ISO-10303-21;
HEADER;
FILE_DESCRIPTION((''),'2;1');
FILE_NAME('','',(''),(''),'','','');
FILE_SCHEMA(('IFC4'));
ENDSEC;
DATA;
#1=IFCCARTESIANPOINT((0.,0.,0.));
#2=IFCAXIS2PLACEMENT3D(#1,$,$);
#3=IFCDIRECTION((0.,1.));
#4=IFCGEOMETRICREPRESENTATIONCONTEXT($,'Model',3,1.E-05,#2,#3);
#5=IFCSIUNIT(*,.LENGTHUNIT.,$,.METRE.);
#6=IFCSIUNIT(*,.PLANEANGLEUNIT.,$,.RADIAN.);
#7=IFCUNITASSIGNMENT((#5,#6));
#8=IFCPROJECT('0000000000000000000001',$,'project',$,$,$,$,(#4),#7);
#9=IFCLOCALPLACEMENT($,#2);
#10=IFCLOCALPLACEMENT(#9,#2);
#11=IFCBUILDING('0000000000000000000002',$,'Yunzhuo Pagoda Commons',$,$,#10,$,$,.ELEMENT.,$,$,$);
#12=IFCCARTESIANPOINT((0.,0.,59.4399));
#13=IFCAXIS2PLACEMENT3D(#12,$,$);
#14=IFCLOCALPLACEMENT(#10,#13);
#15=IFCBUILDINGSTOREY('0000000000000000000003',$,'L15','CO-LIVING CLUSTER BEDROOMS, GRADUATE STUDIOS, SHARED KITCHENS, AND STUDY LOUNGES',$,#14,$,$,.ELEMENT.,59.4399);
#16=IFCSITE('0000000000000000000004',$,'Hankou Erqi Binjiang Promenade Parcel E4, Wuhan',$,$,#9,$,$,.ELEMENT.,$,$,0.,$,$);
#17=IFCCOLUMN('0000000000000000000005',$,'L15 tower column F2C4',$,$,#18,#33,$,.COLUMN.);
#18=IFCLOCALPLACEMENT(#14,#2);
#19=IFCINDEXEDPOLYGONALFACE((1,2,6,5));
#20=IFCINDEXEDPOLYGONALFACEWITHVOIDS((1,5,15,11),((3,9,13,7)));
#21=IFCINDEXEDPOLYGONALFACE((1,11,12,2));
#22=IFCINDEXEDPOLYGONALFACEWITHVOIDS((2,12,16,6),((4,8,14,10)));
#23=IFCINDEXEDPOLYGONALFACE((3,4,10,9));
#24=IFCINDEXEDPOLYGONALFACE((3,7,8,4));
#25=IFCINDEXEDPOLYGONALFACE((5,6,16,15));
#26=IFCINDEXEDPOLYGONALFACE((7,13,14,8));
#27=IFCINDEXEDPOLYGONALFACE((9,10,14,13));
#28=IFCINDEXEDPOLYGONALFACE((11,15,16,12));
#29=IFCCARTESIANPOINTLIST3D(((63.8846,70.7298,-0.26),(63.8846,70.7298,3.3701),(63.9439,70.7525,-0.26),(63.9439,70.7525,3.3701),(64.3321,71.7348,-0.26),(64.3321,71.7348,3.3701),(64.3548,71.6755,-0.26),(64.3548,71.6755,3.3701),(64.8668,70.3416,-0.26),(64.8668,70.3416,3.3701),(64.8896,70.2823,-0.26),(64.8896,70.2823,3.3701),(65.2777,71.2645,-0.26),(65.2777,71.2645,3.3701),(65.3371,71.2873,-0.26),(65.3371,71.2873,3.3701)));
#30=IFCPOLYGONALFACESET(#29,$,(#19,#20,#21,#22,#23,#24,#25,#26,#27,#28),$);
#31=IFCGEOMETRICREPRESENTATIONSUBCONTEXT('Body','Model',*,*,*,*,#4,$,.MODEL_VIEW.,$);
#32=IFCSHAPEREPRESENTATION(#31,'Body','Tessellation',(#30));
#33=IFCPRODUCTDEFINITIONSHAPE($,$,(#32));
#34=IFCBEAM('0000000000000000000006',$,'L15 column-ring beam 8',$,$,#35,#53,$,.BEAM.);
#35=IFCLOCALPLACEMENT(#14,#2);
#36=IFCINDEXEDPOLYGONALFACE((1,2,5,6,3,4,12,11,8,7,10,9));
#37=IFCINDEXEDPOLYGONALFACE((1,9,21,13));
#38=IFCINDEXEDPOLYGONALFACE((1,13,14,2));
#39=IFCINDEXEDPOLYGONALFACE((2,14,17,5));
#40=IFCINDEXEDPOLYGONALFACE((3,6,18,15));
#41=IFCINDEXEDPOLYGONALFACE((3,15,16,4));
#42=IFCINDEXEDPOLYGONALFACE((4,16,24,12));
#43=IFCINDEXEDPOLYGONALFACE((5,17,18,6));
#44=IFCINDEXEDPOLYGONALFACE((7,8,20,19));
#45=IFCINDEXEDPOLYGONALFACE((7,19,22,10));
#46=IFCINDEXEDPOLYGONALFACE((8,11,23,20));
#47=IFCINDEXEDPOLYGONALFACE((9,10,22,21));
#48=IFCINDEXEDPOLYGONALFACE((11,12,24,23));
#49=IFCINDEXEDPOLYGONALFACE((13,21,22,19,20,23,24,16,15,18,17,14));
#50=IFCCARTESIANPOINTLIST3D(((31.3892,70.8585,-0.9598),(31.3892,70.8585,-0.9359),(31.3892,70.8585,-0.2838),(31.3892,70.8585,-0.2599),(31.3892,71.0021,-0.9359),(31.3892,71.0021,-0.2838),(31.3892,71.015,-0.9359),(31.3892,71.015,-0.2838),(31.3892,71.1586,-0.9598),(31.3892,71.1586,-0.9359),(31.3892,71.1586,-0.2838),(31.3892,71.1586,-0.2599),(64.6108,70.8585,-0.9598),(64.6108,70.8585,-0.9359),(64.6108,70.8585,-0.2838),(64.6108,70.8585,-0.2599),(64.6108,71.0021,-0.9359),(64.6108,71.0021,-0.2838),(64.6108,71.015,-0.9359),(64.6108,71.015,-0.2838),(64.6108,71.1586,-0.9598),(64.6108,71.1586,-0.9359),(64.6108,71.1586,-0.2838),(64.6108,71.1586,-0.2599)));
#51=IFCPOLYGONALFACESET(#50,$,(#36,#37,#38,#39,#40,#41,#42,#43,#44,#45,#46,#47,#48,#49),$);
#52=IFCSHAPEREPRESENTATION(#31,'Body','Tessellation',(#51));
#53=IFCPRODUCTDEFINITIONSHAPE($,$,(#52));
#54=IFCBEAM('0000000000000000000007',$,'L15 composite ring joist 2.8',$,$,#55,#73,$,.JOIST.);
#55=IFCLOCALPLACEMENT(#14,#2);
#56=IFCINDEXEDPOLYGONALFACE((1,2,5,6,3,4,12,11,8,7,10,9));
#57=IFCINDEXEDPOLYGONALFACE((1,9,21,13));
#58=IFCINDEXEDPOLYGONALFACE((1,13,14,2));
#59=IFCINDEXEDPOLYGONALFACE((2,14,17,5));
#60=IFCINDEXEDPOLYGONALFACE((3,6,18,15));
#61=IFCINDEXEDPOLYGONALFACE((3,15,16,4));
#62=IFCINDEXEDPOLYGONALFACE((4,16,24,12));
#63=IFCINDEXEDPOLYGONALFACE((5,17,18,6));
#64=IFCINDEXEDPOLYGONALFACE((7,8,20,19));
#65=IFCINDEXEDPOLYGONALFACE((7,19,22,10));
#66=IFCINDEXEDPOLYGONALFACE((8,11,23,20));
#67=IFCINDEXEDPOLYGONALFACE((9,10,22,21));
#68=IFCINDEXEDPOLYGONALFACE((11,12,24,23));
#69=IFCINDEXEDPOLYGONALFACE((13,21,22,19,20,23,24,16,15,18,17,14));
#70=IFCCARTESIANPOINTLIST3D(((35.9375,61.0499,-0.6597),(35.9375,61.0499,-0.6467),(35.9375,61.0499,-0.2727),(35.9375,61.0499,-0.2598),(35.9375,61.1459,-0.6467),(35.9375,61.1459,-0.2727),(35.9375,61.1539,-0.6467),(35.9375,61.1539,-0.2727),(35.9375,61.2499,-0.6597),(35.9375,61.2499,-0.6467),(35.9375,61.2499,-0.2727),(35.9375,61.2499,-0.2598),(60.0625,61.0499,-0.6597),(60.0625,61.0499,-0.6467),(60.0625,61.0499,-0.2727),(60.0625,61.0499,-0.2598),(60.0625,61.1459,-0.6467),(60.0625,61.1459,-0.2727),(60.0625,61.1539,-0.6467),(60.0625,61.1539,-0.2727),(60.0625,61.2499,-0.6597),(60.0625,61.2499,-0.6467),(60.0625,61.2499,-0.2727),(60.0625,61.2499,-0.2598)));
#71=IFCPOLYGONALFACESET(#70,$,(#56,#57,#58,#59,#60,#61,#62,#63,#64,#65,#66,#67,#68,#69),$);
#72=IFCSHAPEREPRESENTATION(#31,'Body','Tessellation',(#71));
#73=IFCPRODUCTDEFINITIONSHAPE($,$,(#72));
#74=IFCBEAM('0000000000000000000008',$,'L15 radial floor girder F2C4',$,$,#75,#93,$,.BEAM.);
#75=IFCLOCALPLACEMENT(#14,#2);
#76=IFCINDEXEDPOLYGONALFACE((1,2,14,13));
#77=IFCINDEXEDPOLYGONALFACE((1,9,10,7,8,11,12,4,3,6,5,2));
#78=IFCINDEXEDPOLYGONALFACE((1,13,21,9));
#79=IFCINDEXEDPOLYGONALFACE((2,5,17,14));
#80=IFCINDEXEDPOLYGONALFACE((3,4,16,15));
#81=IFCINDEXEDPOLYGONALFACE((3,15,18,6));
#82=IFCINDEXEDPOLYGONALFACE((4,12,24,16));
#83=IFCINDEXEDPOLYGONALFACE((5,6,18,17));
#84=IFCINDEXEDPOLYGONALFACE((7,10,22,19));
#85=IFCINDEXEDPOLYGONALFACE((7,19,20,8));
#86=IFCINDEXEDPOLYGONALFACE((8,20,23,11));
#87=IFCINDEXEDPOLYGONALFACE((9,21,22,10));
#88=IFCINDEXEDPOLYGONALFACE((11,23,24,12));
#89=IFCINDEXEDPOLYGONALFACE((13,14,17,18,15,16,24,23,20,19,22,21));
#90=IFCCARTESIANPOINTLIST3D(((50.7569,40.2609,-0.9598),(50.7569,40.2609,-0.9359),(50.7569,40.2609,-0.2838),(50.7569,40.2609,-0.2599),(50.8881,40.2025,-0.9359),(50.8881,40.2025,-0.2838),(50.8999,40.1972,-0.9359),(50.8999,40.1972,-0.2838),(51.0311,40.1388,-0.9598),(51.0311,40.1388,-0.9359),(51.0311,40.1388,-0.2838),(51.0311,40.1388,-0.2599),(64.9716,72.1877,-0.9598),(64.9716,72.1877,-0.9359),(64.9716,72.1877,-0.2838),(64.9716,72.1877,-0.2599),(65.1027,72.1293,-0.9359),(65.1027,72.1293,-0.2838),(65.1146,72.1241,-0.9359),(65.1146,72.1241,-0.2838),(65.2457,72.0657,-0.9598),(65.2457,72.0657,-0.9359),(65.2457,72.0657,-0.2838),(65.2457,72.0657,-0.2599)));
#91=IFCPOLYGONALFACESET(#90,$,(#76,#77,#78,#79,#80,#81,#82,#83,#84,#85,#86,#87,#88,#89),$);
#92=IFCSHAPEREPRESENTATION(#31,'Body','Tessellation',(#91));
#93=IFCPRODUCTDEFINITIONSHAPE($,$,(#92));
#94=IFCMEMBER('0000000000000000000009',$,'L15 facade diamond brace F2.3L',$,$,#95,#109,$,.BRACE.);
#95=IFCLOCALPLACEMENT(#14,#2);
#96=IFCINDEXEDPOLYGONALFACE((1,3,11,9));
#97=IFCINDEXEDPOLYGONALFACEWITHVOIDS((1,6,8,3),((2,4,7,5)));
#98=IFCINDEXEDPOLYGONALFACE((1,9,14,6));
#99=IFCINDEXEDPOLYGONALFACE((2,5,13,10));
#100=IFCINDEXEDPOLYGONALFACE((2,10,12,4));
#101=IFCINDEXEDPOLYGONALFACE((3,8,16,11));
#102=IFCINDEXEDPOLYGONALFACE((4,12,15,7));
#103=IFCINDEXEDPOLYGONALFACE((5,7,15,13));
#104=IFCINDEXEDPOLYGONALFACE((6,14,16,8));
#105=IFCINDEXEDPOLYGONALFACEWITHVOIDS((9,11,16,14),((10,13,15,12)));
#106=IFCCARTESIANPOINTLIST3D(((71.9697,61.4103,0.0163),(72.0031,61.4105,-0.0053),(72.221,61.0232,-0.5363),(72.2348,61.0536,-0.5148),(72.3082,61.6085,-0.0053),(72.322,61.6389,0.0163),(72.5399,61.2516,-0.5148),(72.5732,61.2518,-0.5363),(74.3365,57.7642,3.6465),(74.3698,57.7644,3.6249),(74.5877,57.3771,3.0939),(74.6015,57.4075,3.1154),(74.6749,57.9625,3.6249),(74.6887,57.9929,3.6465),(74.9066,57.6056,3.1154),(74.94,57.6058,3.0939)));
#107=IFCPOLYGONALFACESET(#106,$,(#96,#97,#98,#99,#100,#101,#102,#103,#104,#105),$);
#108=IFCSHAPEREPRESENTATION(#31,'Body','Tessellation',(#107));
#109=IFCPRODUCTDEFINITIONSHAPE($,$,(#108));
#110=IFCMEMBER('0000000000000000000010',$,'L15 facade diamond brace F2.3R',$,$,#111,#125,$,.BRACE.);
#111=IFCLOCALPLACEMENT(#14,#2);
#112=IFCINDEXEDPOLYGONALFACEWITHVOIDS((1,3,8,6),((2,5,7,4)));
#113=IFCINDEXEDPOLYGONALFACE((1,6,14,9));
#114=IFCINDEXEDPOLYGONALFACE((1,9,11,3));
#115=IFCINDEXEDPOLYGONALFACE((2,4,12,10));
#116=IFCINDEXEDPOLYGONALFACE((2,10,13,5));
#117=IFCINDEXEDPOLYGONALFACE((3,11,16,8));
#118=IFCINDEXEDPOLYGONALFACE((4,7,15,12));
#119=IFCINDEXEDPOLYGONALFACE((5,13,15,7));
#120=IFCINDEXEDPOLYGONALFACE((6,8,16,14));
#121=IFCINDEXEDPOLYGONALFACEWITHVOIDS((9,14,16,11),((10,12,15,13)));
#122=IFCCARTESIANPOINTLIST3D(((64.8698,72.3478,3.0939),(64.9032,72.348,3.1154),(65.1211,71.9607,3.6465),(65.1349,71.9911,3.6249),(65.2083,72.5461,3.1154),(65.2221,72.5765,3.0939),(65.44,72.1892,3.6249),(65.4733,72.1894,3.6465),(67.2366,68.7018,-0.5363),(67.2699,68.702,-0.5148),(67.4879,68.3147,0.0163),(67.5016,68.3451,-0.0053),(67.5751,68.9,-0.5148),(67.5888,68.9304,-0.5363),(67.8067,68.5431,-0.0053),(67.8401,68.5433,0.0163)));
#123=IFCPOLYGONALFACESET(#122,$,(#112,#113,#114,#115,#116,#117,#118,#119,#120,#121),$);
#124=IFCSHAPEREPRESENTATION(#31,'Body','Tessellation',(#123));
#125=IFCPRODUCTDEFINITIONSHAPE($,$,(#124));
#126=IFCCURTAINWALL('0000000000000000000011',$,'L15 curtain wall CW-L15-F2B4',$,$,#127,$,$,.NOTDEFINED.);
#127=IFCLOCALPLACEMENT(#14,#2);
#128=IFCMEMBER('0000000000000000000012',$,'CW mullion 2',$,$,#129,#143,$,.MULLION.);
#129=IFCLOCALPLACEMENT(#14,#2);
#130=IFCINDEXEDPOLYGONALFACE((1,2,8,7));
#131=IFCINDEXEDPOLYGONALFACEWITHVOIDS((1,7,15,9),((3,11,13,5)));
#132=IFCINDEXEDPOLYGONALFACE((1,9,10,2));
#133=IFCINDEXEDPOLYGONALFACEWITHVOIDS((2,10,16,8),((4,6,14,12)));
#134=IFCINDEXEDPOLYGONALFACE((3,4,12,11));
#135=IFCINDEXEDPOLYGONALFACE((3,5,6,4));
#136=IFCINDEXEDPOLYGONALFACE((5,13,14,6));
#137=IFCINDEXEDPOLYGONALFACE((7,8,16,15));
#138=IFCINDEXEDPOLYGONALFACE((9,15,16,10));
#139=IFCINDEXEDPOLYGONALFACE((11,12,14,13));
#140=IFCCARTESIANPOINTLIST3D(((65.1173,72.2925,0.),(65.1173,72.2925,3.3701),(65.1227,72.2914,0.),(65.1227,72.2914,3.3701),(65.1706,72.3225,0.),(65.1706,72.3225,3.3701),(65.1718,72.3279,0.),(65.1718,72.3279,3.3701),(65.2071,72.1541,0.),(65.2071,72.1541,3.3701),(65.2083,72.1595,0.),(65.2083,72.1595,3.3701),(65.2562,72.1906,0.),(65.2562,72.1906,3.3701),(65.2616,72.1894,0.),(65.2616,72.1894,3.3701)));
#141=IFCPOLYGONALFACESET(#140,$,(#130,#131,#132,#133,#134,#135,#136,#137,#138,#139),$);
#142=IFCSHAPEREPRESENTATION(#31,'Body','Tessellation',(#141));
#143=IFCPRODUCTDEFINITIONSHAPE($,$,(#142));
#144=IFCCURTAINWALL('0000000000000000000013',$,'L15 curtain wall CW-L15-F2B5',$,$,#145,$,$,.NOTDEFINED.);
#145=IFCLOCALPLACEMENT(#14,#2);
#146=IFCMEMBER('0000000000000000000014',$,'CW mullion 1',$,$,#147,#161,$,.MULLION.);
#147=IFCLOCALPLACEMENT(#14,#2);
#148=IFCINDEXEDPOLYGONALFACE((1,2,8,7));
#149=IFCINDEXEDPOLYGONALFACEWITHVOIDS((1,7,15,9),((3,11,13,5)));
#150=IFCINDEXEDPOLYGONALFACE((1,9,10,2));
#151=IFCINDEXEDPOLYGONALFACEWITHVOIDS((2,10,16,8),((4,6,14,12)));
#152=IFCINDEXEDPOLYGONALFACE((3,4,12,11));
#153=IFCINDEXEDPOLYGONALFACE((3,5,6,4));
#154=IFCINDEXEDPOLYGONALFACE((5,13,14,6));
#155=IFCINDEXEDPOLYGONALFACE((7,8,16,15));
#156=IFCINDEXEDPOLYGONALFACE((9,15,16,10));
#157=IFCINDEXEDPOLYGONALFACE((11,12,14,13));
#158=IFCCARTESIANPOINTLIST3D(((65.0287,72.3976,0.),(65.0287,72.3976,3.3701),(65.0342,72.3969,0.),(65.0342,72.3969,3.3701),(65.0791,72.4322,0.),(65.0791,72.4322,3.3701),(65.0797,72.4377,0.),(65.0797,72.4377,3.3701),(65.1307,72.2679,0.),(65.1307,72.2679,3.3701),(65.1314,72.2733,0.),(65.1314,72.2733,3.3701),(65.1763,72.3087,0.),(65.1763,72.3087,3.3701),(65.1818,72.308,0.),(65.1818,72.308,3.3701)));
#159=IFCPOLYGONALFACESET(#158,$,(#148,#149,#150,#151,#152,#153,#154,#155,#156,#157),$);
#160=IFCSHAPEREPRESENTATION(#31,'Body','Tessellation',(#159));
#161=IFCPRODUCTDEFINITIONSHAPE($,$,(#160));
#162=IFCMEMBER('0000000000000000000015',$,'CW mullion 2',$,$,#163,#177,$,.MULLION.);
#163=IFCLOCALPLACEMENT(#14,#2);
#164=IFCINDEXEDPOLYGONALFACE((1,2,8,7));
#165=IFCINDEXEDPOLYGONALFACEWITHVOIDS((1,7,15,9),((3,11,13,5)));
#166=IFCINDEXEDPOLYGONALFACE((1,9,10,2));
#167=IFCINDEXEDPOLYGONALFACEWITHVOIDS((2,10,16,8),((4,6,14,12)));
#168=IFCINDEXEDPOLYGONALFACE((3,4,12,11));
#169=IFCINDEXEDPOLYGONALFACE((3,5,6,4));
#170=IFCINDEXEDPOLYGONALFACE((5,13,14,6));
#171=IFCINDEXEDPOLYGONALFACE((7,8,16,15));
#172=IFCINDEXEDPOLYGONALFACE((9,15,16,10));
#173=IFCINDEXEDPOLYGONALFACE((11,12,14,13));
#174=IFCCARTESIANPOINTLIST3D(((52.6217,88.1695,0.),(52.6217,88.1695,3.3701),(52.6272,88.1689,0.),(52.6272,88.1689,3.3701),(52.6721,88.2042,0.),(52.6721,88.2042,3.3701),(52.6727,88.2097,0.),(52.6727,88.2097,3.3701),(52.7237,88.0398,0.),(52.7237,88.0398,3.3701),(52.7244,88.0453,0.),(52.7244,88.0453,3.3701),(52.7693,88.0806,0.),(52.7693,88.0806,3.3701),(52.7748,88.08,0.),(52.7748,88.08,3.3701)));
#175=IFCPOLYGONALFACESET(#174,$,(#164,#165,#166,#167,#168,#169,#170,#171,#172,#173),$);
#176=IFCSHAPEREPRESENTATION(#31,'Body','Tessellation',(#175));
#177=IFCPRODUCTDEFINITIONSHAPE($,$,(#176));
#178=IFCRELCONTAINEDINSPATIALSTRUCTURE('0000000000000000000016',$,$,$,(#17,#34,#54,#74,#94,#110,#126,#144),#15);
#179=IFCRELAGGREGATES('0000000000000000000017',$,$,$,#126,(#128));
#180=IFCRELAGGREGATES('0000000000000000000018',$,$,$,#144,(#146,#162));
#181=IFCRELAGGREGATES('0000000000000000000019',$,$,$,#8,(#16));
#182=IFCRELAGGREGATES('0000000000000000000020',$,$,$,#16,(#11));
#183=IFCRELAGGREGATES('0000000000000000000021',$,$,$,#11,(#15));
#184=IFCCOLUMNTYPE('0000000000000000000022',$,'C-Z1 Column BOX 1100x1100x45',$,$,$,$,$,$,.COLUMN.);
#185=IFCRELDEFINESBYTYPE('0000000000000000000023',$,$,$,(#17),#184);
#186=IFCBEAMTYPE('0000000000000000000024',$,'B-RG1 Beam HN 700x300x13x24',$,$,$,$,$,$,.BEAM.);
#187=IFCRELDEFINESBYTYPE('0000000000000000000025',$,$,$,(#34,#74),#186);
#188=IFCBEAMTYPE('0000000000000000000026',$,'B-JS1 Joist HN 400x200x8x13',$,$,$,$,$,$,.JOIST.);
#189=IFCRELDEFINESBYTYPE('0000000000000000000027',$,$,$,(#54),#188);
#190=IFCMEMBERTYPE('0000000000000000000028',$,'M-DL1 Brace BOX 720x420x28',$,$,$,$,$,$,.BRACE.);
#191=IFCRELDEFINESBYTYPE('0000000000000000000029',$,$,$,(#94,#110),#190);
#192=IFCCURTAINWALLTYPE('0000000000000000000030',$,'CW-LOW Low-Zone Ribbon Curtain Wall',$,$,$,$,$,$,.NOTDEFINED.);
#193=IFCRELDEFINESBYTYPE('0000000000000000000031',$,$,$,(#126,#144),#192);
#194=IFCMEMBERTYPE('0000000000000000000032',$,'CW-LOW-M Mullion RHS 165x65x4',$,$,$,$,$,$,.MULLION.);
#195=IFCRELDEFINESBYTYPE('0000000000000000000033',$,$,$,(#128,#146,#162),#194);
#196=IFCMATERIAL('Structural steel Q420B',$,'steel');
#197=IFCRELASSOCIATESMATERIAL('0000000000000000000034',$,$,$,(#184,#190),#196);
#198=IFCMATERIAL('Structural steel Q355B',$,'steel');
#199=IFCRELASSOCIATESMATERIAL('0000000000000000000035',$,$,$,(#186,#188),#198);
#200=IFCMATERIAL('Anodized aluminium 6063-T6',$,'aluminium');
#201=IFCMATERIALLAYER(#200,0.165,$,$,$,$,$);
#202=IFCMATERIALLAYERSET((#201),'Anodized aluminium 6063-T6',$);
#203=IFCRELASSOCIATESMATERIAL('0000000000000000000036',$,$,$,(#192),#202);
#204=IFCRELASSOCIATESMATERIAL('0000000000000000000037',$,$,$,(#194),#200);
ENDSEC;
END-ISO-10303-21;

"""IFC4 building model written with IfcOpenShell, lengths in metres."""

from ifc_helpers import new_model, si_unit, direction, frame, origin, origin_2d, place, context, subcontext, project, spatial, hollow_rectangle, i_section, extrude, source, transform, mapped, material, layer, layer_set, material_profile, profile_set, type_object, element, aggregate, save


model = new_model("IFC4")

# Units and contexts
model_context = context("Model", 3, precision=1e-05, world=origin(), true_north=direction((0.0, 1.0)))
body_context = subcontext(model_context, "Body", "Model", "MODEL_VIEW")
ifc_project = project(units=[si_unit("LENGTHUNIT", "METRE"), si_unit("PLANEANGLEUNIT", "RADIAN")], contexts=[model_context])

# Site, building, storey
site_placement = place(None, origin())
site = spatial("IfcSite", under=ifc_project, at=site_placement, Name="Hankou Erqi Binjiang Promenade Parcel E4, Wuhan", CompositionType="ELEMENT", RefElevation=0.0)
building_placement = place(site_placement, origin())
building = spatial("IfcBuilding", under=site, at=building_placement, Name="Yunzhuo Pagoda Commons", CompositionType="ELEMENT")
storey_placement = place(building_placement, frame((0.0, 0.0, 59.4399)))
storey = spatial("IfcBuildingStorey", under=building, at=storey_placement, Name="L15", Description="CO-LIVING CLUSTER BEDROOMS, GRADUATE STUDIOS, SHARED KITCHENS, AND STUDY LOUNGES", CompositionType="ELEMENT", Elevation=59.4399)

# Column
ifc_material_1 = material(Name="Structural steel Q420B", Category="steel")
ifc_material_profile_1 = material_profile(ifc_material_1, hollow_rectangle(XDim=1.1001, YDim=1.1001, WallThickness=0.0449, at=origin_2d()), Name="Structural steel Q420B")
ifc_profile_set_1 = profile_set([ifc_material_profile_1], Name="Structural steel Q420B")
column_type = type_object("IfcColumnType", Name="C-Z1 Column BOX 1100x1100x45", PredefinedType="COLUMN", material=ifc_profile_set_1)
shared_shape_1 = source(origin(), body_context, "Body", "SweptSolid", [
    extrude(hollow_rectangle(XDim=1.1001, YDim=1.1001, WallThickness=0.0449, at=origin_2d()), origin(), (0.0, 0.0, 1.0), 3.6301),
])
column_placement = place(storey_placement, frame((64.6108, 71.0085, -0.26), z_axis=(0.0, 0.0, 1.0), x_axis=(-0.913545, 0.406737, 0.0)))
element("IfcColumn", 1, at=column_placement, inside=storey, type_object=column_type, Name="L15 tower column F2C4", PredefinedType="COLUMN", context=body_context, shape_type="MappedRepresentation", body=[
    mapped(shared_shape_1, transform((0.0, 0.0, 0.0), scale=1.0)),
])

# Beams
ifc_material_2 = material(Name="Structural steel Q355B", Category="steel")
ifc_material_profile_2 = material_profile(ifc_material_2, i_section(OverallWidth=0.3, OverallDepth=0.7, WebThickness=0.0129, FlangeThickness=0.0239, at=origin_2d()), Name="Structural steel Q355B")
ifc_profile_set_2 = profile_set([ifc_material_profile_2], Name="Structural steel Q355B")
beam_type_1 = type_object("IfcBeamType", Name="B-RG1 Beam HN 700x300x13x24", PredefinedType="BEAM", material=ifc_profile_set_2)
shared_shape_2 = source(origin(), body_context, "Body", "SweptSolid", [
    extrude(i_section(OverallWidth=0.3, OverallDepth=0.7, WebThickness=0.0129, FlangeThickness=0.0239, at=origin_2d()), origin(), (0.0, 0.0, 1.0), 33.2217),
])
beam_1_placement = place(storey_placement, frame((64.6108, 71.0085, -0.6099), z_axis=(-1.0, 0.0, 0.0), x_axis=(0.0, -1.0, 0.0)))
element("IfcBeam", 2, at=beam_1_placement, inside=storey, type_object=beam_type_1, Name="L15 column-ring beam 8", PredefinedType="BEAM", context=body_context, shape_type="MappedRepresentation", body=[
    mapped(shared_shape_2, transform((0.0, 0.0, 0.0), scale=1.0)),
])
ifc_material_profile_3 = material_profile(ifc_material_2, i_section(OverallWidth=0.2, OverallDepth=0.3999, WebThickness=0.0081, FlangeThickness=0.0129, at=origin_2d()), Name="Structural steel Q355B")
ifc_profile_set_3 = profile_set([ifc_material_profile_3], Name="Structural steel Q355B")
beam_type_2 = type_object("IfcBeamType", Name="B-JS1 Joist HN 400x200x8x13", PredefinedType="JOIST", material=ifc_profile_set_3)
shared_shape_3 = source(origin(), body_context, "Body", "SweptSolid", [
    extrude(i_section(OverallWidth=0.2, OverallDepth=0.3999, WebThickness=0.0081, FlangeThickness=0.0129, at=origin_2d()), origin(), (0.0, 0.0, 1.0), 24.125),
])
beam_2_placement = place(storey_placement, frame((60.0625, 61.1499, -0.4597), z_axis=(-1.0, 0.0, 0.0), x_axis=(0.0, -1.0, 0.0)))
element("IfcBeam", 3, at=beam_2_placement, inside=storey, type_object=beam_type_2, Name="L15 composite ring joist 2.8", PredefinedType="JOIST", context=body_context, shape_type="MappedRepresentation", body=[
    mapped(shared_shape_3, transform((0.0, 0.0, 0.0), scale=1.0)),
])
shared_shape_4 = source(origin(), body_context, "Body", "SweptSolid", [
    extrude(i_section(OverallWidth=0.3, OverallDepth=0.7, WebThickness=0.0129, FlangeThickness=0.0239, at=origin_2d()), origin(), (0.0, 0.0, 1.0), 34.9482),
])
beam_3_placement = place(storey_placement, frame((65.1086, 72.1267, -0.6099), z_axis=(-0.406734, -0.913547, 0.0), x_axis=(0.913547, -0.406734, 0.0)))
element("IfcBeam", 4, at=beam_3_placement, inside=storey, type_object=beam_type_1, Name="L15 radial floor girder F2C4", PredefinedType="BEAM", context=body_context, shape_type="MappedRepresentation", body=[
    mapped(shared_shape_4, transform((0.0, 0.0, 0.0), scale=1.0)),
])

# Members
ifc_material_profile_4 = material_profile(ifc_material_1, hollow_rectangle(XDim=0.4199, YDim=0.72, WallThickness=0.0281, at=origin_2d()), Name="Structural steel Q420B")
ifc_profile_set_4 = profile_set([ifc_material_profile_4], Name="Structural steel Q420B")
member_type_1 = type_object("IfcMemberType", Name="M-DL1 Brace BOX 720x420x28", PredefinedType="BRACE", material=ifc_profile_set_4)
shared_shape_5 = source(origin(), body_context, "Body", "SweptSolid", [
    extrude(hollow_rectangle(XDim=0.4199, YDim=0.72, WallThickness=0.0281, at=origin_2d()), origin(), (0.0, 0.0, 1.0), 5.6633),
])
for number, where, z_axis, x_axis, name in (
    (5, (72.2715, 61.3311, -0.26), (0.417905, -0.6438, 0.640997), (0.83878, 0.544471, 0.0), "L15 facade diamond brace F2.3L"),
    (6, (67.5383, 68.6226, -0.26), (-0.417905, 0.6438, 0.640997), (-0.83878, -0.544471, 0.0), "L15 facade diamond brace F2.3R"),
):
    element("IfcMember", number, at=place(storey_placement, frame(where, z_axis=z_axis, x_axis=x_axis)), inside=storey, type_object=member_type_1, Name=name, PredefinedType="BRACE", context=body_context, shape_type="MappedRepresentation", body=[
        mapped(shared_shape_5, transform((0.0, 0.0, 0.0), scale=1.0)),
    ])

# Curtain wall, member
ifc_material_3 = material(Name="Anodized aluminium 6063-T6", Category="aluminium")
ifc_layer_1 = layer(ifc_material_3, 0.165)
ifc_layer_set_1 = layer_set([ifc_layer_1], Name="Anodized aluminium 6063-T6")
curtain_wall_type = type_object("IfcCurtainWallType", Name="CW-LOW Low-Zone Ribbon Curtain Wall", PredefinedType="NOTDEFINED", material=ifc_layer_set_1)
curtain_wall_1_placement = place(storey_placement, origin())
curtain_wall_1 = element("IfcCurtainWall", 7, at=curtain_wall_1_placement, inside=storey, type_object=curtain_wall_type, Name="L15 curtain wall CW-L15-F2B4", PredefinedType="NOTDEFINED")
ifc_material_profile_5 = material_profile(ifc_material_3, hollow_rectangle(XDim=0.0649, YDim=0.165, WallThickness=0.0039, at=origin_2d()), Name="Anodized aluminium 6063-T6")
ifc_profile_set_5 = profile_set([ifc_material_profile_5], Name="Anodized aluminium 6063-T6")
member_type_2 = type_object("IfcMemberType", Name="CW-LOW-M Mullion RHS 165x65x4", PredefinedType="MULLION", material=ifc_profile_set_5)
shared_shape_6 = source(origin(), body_context, "Body", "SweptSolid", [
    extrude(hollow_rectangle(XDim=0.0649, YDim=0.165, WallThickness=0.0039, at=origin_2d()), origin(), (0.0, 0.0, 1.0), 3.3701),
])
member_1_placement = place(storey_placement, frame((65.1895, 72.241, 0.0), z_axis=(0.0, 0.0, 1.0), x_axis=(-0.838777, -0.544476, 0.0)))
member_1 = element("IfcMember", 8, at=member_1_placement, type_object=member_type_2, Name="CW mullion 2", PredefinedType="MULLION", context=body_context, shape_type="MappedRepresentation", body=[
    mapped(shared_shape_6, transform((0.0, 0.0, 0.0), scale=1.0)),
])

# Curtain wall, members
curtain_wall_2_placement = place(storey_placement, origin())
curtain_wall_2 = element("IfcCurtainWall", 9, at=curtain_wall_2_placement, inside=storey, type_object=curtain_wall_type, Name="L15 curtain wall CW-L15-F2B5", PredefinedType="NOTDEFINED")
member_2_placement = place(storey_placement, frame((65.1052, 72.3528, 0.0), z_axis=(0.0, 0.0, 1.0), x_axis=(-0.785964, -0.618272, 0.0)))
member_2 = element("IfcMember", 10, at=member_2_placement, type_object=member_type_2, Name="CW mullion 1", PredefinedType="MULLION", context=body_context, shape_type="MappedRepresentation", body=[
    mapped(shared_shape_6, transform((0.0, 0.0, 0.0), scale=1.0)),
])
member_3_placement = place(storey_placement, frame((52.6982, 88.1248, 0.0), z_axis=(0.0, 0.0, 1.0), x_axis=(-0.785964, -0.618272, 0.0)))
member_3 = element("IfcMember", 11, at=member_3_placement, type_object=member_type_2, Name="CW mullion 2", PredefinedType="MULLION", context=body_context, shape_type="MappedRepresentation", body=[
    mapped(shared_shape_6, transform((0.0, 0.0, 0.0), scale=1.0)),
])

aggregate(curtain_wall_1, [member_1])
aggregate(curtain_wall_2, [member_2, member_3])

save(model, "model.ifc")
